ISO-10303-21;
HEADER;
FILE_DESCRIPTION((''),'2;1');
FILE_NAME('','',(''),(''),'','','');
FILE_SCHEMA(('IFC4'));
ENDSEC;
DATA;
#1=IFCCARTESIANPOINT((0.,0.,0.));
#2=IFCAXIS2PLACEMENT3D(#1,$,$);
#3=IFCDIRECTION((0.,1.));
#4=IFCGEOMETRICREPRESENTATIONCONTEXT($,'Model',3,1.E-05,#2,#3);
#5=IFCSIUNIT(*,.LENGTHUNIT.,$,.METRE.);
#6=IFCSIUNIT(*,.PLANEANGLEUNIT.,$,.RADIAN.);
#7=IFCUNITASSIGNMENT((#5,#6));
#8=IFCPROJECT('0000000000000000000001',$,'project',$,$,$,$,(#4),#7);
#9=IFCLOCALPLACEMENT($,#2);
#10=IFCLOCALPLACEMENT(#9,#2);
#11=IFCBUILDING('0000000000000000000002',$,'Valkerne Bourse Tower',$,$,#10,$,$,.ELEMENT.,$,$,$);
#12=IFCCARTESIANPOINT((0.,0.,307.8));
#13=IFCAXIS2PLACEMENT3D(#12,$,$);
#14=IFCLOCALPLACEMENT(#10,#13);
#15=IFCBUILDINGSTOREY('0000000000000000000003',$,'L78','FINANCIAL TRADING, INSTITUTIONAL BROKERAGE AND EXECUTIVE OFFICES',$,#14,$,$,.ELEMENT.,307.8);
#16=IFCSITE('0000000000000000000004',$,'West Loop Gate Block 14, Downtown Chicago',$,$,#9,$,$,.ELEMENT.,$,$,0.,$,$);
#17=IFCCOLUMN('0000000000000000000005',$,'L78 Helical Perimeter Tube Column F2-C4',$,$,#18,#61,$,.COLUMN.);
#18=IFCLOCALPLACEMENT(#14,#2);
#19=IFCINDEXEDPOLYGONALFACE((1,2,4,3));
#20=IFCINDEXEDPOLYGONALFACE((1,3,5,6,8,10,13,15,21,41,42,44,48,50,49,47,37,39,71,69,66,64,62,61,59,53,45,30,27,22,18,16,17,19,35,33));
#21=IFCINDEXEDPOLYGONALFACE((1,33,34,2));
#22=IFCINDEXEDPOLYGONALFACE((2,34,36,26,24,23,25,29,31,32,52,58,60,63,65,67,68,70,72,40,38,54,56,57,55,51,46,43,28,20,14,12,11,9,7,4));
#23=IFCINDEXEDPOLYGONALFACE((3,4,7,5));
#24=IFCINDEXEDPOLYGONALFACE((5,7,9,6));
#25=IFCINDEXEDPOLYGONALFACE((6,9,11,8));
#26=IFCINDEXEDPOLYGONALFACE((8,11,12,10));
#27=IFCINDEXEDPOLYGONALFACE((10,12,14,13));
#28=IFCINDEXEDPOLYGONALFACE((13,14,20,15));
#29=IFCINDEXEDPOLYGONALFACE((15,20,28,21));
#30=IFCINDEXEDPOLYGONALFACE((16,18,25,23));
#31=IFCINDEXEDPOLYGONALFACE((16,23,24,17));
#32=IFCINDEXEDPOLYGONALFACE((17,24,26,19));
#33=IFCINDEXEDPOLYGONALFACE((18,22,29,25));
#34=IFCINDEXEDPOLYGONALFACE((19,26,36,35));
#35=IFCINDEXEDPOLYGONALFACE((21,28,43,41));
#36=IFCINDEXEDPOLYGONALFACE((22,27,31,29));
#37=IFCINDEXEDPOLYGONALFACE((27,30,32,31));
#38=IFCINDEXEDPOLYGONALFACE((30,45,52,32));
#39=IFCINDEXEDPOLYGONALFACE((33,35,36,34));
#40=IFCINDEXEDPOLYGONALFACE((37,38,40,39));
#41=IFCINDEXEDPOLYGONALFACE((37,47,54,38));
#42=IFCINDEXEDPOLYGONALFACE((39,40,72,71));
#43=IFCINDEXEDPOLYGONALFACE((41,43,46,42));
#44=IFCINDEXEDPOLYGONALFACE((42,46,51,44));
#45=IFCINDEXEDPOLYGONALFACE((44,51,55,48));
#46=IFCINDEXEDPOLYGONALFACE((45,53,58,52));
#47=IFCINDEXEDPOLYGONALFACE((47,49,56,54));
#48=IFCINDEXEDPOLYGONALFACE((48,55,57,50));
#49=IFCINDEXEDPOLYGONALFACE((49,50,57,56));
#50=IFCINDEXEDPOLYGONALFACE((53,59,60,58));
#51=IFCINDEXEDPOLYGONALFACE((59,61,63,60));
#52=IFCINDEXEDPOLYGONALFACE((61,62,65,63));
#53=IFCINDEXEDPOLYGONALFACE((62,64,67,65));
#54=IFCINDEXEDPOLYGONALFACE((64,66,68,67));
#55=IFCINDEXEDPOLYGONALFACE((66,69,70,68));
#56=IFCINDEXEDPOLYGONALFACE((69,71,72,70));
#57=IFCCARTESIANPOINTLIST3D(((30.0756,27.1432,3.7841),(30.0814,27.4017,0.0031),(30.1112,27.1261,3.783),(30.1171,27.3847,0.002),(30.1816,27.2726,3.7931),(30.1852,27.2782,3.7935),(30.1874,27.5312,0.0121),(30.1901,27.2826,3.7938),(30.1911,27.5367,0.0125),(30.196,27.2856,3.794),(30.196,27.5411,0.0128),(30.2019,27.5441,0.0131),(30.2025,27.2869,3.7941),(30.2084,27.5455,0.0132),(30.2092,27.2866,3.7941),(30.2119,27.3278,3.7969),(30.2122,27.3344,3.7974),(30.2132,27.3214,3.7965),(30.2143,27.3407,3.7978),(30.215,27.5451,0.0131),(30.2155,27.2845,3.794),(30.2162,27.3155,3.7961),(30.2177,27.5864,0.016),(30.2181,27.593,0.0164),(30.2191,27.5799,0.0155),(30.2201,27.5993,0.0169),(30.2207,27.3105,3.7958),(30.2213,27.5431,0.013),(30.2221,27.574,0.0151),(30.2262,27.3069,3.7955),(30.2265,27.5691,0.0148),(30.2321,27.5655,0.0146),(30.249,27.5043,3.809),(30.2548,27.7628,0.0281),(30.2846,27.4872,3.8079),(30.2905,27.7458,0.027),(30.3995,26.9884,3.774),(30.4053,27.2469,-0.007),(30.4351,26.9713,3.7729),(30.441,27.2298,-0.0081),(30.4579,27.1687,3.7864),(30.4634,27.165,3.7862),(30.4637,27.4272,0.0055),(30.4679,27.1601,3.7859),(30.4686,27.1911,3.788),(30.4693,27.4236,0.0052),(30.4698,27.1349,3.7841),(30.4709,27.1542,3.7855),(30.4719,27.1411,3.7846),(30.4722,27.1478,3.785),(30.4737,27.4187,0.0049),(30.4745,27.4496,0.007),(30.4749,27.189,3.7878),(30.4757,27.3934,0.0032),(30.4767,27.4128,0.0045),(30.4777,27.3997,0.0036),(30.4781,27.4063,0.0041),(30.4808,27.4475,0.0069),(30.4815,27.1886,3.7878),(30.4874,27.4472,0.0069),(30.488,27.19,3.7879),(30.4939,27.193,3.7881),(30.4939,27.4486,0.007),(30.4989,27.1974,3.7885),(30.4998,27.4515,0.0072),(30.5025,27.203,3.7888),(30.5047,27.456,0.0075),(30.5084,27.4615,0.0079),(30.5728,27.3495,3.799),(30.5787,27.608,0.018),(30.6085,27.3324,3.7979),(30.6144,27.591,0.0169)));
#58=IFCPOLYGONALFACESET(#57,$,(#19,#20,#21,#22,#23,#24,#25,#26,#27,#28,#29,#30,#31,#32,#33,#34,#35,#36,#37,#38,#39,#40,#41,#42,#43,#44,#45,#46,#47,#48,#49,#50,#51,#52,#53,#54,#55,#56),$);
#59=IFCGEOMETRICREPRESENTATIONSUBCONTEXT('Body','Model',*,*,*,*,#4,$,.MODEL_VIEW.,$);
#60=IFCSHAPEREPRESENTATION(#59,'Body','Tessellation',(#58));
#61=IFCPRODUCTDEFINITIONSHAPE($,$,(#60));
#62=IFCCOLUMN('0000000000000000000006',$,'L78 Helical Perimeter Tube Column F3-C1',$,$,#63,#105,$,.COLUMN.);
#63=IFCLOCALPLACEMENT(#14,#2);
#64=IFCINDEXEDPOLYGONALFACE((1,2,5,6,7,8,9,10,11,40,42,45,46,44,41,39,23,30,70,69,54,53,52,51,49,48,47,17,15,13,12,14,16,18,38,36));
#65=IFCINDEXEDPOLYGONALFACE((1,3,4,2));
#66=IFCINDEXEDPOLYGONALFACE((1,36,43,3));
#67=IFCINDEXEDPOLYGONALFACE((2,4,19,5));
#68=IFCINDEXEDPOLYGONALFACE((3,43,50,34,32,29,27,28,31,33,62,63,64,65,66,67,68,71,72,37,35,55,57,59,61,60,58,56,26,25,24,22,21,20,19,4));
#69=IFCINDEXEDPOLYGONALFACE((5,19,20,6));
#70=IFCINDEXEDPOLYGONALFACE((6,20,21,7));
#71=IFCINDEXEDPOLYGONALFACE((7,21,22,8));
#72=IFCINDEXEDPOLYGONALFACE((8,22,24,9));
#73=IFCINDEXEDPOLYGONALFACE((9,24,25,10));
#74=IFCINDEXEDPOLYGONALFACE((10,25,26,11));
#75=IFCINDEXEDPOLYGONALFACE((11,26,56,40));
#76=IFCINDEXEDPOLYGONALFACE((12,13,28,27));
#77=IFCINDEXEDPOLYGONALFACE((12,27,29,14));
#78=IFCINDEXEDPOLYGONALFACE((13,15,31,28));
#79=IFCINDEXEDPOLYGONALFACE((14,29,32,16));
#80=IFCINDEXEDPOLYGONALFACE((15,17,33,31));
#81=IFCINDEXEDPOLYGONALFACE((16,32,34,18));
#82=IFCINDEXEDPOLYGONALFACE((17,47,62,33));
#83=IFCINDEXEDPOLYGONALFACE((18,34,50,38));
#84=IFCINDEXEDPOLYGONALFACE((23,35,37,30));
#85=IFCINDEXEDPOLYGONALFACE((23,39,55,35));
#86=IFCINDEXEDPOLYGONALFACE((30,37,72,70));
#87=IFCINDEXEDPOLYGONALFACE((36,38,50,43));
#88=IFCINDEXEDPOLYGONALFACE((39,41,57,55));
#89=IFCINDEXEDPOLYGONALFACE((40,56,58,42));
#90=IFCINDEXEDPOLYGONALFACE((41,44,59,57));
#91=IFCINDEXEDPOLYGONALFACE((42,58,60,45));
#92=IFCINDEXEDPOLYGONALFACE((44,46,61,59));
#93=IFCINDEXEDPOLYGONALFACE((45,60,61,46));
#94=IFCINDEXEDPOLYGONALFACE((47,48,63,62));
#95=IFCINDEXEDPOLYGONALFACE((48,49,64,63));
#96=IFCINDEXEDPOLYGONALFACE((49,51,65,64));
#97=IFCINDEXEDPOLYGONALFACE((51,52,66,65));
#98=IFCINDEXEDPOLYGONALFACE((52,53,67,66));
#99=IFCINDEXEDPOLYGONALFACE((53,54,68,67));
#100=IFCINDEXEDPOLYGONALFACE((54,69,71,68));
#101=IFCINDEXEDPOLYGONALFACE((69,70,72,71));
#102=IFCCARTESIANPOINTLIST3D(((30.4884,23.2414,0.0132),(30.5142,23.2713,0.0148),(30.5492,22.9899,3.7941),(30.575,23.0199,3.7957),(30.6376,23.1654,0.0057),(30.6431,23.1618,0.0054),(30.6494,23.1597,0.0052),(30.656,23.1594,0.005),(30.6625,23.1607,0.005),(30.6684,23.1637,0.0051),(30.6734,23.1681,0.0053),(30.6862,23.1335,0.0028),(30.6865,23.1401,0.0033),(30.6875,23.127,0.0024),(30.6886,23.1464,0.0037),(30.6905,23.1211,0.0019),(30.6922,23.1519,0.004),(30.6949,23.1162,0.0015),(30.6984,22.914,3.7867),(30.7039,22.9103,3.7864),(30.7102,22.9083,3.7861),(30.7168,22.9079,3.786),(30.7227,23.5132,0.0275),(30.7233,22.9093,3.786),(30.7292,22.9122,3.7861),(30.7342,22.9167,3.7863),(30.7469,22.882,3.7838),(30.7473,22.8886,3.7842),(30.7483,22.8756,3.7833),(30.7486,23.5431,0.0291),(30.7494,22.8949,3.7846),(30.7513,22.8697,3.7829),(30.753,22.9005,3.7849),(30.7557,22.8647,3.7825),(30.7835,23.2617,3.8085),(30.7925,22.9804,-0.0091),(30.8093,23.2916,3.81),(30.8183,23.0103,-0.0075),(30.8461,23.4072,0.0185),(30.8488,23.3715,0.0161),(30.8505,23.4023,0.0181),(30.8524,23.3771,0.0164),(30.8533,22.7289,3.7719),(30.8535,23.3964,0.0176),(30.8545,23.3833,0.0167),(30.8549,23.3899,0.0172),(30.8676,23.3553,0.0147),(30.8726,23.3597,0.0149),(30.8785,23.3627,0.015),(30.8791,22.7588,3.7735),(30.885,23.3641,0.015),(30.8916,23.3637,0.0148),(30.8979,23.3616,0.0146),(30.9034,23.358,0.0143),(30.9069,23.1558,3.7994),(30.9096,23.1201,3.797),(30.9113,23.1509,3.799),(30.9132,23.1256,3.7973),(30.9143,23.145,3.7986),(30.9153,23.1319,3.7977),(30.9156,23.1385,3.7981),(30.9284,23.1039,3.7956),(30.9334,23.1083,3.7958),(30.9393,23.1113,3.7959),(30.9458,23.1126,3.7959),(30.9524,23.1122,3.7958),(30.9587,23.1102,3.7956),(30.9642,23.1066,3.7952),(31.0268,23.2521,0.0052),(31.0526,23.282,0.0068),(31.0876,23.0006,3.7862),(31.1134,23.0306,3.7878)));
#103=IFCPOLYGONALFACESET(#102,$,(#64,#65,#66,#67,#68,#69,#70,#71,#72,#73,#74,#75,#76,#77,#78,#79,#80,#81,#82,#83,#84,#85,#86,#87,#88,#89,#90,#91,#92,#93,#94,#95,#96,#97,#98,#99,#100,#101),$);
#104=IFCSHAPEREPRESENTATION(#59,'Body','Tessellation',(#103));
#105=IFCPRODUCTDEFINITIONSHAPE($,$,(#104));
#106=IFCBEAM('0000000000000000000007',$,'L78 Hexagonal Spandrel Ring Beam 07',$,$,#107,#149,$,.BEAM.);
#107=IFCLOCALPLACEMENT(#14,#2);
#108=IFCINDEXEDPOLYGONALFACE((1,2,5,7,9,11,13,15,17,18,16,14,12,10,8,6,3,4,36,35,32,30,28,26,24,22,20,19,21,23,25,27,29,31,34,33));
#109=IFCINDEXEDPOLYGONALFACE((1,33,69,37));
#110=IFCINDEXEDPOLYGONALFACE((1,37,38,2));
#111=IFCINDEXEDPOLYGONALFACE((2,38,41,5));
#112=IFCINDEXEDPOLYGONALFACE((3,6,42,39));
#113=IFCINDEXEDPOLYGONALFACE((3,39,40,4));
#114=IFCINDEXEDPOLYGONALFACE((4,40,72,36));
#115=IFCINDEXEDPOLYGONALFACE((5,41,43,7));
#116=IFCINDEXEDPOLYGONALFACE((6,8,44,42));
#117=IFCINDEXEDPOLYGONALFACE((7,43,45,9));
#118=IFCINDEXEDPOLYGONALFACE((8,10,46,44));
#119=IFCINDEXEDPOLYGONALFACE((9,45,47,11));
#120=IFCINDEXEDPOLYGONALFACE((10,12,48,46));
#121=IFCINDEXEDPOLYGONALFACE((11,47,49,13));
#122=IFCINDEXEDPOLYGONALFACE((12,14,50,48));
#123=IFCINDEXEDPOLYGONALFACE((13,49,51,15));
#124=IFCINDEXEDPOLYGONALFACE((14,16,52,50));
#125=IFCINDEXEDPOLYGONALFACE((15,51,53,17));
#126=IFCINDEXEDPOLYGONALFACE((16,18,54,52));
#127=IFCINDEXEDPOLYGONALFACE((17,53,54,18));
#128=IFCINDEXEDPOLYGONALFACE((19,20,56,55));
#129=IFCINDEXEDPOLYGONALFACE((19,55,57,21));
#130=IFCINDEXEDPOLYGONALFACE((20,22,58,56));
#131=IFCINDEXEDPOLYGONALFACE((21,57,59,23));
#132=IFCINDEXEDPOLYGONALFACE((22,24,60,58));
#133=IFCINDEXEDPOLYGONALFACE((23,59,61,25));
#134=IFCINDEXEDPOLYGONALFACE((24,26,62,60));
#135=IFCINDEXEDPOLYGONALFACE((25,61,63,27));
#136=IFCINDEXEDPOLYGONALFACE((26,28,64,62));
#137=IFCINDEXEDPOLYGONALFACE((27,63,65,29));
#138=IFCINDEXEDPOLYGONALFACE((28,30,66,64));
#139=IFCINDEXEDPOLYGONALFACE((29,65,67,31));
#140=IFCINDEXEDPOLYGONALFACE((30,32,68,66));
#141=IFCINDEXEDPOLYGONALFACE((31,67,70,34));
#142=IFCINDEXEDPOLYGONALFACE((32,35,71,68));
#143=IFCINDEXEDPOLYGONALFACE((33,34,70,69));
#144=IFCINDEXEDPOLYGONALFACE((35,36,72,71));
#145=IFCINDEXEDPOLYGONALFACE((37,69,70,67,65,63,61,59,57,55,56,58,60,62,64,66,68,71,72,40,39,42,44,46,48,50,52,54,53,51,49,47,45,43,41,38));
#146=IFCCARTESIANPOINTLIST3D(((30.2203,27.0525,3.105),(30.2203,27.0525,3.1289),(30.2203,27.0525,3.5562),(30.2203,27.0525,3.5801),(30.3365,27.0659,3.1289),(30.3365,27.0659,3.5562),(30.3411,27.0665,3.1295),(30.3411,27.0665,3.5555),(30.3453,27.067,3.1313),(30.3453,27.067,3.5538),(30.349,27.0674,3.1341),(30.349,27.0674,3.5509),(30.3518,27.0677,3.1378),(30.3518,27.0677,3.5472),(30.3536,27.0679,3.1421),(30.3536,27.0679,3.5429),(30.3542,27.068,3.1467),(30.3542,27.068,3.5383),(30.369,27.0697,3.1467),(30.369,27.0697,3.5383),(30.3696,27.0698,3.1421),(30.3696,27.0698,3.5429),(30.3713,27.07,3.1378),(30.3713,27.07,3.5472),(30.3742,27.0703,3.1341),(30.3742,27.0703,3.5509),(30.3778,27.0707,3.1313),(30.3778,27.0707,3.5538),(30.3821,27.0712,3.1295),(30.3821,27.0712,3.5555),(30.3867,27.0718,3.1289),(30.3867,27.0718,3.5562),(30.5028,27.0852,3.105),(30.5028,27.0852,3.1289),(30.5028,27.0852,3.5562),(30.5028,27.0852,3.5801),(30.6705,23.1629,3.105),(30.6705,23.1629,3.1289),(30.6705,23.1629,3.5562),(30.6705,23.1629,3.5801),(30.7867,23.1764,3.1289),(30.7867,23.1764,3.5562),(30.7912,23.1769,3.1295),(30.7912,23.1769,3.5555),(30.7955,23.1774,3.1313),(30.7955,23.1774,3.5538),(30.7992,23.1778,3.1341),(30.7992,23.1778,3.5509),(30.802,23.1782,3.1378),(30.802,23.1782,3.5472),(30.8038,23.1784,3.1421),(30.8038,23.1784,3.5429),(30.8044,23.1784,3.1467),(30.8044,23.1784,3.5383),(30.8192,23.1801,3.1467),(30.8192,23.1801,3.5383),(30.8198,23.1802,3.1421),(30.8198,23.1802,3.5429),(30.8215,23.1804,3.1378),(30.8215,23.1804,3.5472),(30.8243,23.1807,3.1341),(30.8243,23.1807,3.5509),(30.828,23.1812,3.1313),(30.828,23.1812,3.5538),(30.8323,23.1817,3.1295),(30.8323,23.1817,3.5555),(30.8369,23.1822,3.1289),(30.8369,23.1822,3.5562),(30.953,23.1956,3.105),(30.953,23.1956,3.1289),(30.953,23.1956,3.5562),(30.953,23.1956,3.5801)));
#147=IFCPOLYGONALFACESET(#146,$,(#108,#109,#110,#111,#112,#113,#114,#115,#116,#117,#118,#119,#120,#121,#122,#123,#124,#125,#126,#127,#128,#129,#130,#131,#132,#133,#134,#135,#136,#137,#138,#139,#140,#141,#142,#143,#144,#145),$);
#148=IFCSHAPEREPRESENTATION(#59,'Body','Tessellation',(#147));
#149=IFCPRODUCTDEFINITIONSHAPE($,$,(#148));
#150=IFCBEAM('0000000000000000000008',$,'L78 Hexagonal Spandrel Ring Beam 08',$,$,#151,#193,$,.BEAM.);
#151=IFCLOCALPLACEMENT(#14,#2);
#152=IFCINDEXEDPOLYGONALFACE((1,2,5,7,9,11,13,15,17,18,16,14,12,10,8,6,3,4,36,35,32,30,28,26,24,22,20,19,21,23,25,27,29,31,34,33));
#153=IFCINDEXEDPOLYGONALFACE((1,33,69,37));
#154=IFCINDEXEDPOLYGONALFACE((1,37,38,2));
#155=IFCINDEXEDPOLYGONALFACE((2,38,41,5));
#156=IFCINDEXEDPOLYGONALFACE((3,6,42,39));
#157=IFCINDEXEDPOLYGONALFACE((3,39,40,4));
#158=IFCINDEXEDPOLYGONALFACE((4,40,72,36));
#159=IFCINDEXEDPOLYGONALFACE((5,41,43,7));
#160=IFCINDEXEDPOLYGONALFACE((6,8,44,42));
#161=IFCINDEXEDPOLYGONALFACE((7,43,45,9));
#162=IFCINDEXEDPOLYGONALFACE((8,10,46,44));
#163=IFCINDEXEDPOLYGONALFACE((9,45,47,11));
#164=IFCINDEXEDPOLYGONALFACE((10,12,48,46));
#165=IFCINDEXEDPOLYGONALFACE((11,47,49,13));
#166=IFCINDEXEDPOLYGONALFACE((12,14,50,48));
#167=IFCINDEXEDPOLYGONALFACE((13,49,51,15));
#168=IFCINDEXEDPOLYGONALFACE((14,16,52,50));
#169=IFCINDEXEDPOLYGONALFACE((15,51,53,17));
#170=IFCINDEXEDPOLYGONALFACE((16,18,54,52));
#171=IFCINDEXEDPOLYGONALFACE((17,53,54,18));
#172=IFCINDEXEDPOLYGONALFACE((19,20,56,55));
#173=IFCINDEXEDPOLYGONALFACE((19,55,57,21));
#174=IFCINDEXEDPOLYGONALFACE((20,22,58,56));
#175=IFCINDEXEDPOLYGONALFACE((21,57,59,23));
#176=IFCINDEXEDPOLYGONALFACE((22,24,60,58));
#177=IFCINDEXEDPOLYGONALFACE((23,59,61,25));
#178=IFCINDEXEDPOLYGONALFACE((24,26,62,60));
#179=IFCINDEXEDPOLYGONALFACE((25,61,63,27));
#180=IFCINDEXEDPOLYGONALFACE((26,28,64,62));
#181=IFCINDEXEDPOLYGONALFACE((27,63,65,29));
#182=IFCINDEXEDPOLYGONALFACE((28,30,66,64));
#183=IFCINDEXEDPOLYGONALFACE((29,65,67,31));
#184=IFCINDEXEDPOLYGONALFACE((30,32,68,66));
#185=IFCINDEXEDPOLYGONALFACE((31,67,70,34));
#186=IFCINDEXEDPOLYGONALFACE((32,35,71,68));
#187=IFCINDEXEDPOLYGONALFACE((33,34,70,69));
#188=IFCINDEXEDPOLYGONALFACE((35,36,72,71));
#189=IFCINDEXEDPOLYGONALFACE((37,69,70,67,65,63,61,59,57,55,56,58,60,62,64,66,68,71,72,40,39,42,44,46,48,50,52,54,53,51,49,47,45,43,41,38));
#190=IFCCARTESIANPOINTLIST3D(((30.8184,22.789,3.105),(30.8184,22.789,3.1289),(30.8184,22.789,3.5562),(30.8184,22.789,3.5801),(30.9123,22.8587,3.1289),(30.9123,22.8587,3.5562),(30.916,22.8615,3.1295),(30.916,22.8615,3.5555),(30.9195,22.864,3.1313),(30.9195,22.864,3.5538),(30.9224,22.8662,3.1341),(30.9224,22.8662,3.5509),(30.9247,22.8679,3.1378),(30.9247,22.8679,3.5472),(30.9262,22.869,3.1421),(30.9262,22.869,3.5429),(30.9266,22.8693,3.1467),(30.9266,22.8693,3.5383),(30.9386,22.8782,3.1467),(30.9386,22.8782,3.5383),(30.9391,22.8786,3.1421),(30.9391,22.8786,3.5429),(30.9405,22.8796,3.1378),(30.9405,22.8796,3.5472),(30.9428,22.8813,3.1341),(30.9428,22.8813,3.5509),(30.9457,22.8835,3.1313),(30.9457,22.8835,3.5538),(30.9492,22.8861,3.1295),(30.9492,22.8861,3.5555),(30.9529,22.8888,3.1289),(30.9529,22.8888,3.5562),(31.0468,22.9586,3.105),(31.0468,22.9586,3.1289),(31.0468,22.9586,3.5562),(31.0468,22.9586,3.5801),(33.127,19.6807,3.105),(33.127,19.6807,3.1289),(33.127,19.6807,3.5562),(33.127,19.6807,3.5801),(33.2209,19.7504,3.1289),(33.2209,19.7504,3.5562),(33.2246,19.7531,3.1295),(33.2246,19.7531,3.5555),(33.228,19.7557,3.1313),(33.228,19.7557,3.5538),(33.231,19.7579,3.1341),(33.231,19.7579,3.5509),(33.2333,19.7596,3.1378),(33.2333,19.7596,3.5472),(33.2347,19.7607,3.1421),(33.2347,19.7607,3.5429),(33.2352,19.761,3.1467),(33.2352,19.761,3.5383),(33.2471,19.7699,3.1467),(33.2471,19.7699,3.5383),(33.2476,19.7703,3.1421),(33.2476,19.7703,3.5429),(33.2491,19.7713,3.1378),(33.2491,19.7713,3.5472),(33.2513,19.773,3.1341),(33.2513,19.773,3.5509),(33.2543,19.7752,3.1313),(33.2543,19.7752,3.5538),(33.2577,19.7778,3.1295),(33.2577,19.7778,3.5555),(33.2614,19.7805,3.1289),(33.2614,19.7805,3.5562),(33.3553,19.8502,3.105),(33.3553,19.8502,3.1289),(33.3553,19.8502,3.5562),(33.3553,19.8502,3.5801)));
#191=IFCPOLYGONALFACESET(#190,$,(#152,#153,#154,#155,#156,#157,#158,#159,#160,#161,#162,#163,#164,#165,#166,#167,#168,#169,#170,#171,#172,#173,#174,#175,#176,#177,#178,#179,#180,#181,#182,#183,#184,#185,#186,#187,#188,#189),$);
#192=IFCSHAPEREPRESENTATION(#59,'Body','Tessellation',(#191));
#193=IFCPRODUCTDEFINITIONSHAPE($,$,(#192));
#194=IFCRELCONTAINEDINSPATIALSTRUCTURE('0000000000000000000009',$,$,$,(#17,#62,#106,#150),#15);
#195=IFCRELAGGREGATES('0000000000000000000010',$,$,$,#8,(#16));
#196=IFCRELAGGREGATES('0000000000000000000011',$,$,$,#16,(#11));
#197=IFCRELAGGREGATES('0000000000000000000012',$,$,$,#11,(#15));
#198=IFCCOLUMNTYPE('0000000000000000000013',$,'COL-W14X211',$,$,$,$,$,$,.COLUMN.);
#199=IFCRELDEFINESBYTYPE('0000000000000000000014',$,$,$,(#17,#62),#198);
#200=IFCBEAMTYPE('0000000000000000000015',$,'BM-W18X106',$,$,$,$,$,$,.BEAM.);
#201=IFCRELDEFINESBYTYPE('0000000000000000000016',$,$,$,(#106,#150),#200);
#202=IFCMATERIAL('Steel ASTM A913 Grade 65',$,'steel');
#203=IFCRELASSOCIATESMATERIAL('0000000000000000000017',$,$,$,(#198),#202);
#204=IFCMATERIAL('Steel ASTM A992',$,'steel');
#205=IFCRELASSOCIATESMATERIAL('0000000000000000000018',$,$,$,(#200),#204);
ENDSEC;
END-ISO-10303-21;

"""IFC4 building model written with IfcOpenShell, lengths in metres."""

from ifc_helpers import new_model, si_unit, direction, frame, origin, origin_2d, place, context, subcontext, project, spatial, i_section, extrude, material, material_profile, profile_set, type_object, element, save


model = new_model("IFC4")

# Units and contexts
model_context = context("Model", 3, precision=1e-05, world=origin(), true_north=direction((0.0, 1.0)))
body_context = subcontext(model_context, "Body", "Model", "MODEL_VIEW")
ifc_project = project(units=[si_unit("LENGTHUNIT", "METRE"), si_unit("PLANEANGLEUNIT", "RADIAN")], contexts=[model_context])

# Site, building, storey
site_placement = place(None, origin())
site = spatial("IfcSite", under=ifc_project, at=site_placement, Name="West Loop Gate Block 14, Downtown Chicago", CompositionType="ELEMENT", RefElevation=0.0)
building_placement = place(site_placement, origin())
building = spatial("IfcBuilding", under=site, at=building_placement, Name="Valkerne Bourse Tower", CompositionType="ELEMENT")
storey_placement = place(building_placement, frame((0.0, 0.0, 307.8)))
storey = spatial("IfcBuildingStorey", under=building, at=storey_placement, Name="L78", Description="FINANCIAL TRADING, INSTITUTIONAL BROKERAGE AND EXECUTIVE OFFICES", CompositionType="ELEMENT", Elevation=307.8)

# Columns
ifc_material_1 = material(Name="Steel ASTM A913 Grade 65", Category="steel")
ifc_material_profile_1 = material_profile(ifc_material_1, i_section(OverallWidth=0.4014, OverallDepth=0.3987, WebThickness=0.0249, FlangeThickness=0.0396, FilletRadius=0.0254, at=origin_2d()), Name="W14X211")
ifc_profile_set_1 = profile_set([ifc_material_profile_1], Name="Steel ASTM A913 Grade 65")
column_type = type_object("IfcColumnType", Name="COL-W14X211", PredefinedType="COLUMN", material=ifc_profile_set_1)
for number, where, z_axis, x_axis, name in (
    (1, (30.3479, 27.4963, 0.01), (-0.001546, -0.068221, 0.997669), (-0.43201, -0.899722, -0.062192), "L78 Helical Perimeter Tube Column F2-C4"),
    (2, (30.7705, 23.2617, 0.01), (0.01604, -0.066352, 0.997667), (0.75758, -0.650385, -0.055436), "L78 Helical Perimeter Tube Column F3-C1"),
):
    element("IfcColumn", number, at=place(storey_placement, frame(where, z_axis=z_axis, x_axis=x_axis)), inside=storey, type_object=column_type, Name=name, PredefinedType="COLUMN", context=body_context, shape_type="SweptSolid", body=[
        extrude(i_section(OverallWidth=0.4014, OverallDepth=0.3987, WebThickness=0.0249, FlangeThickness=0.0396, FilletRadius=0.0254, at=origin_2d()), origin(), (0.0, 0.0, 1.0), 3.7898),
    ])

# Beams
ifc_material_2 = material(Name="Steel ASTM A992", Category="steel")
ifc_material_profile_2 = material_profile(ifc_material_2, i_section(OverallWidth=0.2844, OverallDepth=0.4751, WebThickness=0.0149, FlangeThickness=0.0239, FilletRadius=0.0178, at=origin_2d()), Name="W18X106")
ifc_profile_set_2 = profile_set([ifc_material_profile_2], Name="Steel ASTM A992")
beam_type = type_object("IfcBeamType", Name="BM-W18X106", PredefinedType="BEAM", material=ifc_profile_set_2)
beam_1_placement = place(storey_placement, frame((30.3616, 27.0688, 3.3425), z_axis=(0.114974, -0.993368, 0.0), x_axis=(0.993368, 0.114974, 0.0)))
element("IfcBeam", 3, at=beam_1_placement, inside=storey, type_object=beam_type, Name="L78 Hexagonal Spandrel Ring Beam 07", PredefinedType="BEAM", context=body_context, shape_type="SweptSolid", body=[
    extrude(i_section(OverallWidth=0.2844, OverallDepth=0.4751, WebThickness=0.0149, FlangeThickness=0.0239, FilletRadius=0.0178, at=origin_2d()), origin(), (0.0, 0.0, 1.0), 3.9155),
])
beam_2_placement = place(storey_placement, frame((30.9326, 22.8738, 3.3425), z_axis=(0.59624, -0.802806, 0.0), x_axis=(0.802806, 0.59624, 0.0)))
element("IfcBeam", 4, at=beam_2_placement, inside=storey, type_object=beam_type, Name="L78 Hexagonal Spandrel Ring Beam 08", PredefinedType="BEAM", context=body_context, shape_type="SweptSolid", body=[
    extrude(i_section(OverallWidth=0.2844, OverallDepth=0.4751, WebThickness=0.0149, FlangeThickness=0.0239, FilletRadius=0.0178, at=origin_2d()), origin(), (0.0, 0.0, 1.0), 3.8718),
])

save(model, "model.ifc")
